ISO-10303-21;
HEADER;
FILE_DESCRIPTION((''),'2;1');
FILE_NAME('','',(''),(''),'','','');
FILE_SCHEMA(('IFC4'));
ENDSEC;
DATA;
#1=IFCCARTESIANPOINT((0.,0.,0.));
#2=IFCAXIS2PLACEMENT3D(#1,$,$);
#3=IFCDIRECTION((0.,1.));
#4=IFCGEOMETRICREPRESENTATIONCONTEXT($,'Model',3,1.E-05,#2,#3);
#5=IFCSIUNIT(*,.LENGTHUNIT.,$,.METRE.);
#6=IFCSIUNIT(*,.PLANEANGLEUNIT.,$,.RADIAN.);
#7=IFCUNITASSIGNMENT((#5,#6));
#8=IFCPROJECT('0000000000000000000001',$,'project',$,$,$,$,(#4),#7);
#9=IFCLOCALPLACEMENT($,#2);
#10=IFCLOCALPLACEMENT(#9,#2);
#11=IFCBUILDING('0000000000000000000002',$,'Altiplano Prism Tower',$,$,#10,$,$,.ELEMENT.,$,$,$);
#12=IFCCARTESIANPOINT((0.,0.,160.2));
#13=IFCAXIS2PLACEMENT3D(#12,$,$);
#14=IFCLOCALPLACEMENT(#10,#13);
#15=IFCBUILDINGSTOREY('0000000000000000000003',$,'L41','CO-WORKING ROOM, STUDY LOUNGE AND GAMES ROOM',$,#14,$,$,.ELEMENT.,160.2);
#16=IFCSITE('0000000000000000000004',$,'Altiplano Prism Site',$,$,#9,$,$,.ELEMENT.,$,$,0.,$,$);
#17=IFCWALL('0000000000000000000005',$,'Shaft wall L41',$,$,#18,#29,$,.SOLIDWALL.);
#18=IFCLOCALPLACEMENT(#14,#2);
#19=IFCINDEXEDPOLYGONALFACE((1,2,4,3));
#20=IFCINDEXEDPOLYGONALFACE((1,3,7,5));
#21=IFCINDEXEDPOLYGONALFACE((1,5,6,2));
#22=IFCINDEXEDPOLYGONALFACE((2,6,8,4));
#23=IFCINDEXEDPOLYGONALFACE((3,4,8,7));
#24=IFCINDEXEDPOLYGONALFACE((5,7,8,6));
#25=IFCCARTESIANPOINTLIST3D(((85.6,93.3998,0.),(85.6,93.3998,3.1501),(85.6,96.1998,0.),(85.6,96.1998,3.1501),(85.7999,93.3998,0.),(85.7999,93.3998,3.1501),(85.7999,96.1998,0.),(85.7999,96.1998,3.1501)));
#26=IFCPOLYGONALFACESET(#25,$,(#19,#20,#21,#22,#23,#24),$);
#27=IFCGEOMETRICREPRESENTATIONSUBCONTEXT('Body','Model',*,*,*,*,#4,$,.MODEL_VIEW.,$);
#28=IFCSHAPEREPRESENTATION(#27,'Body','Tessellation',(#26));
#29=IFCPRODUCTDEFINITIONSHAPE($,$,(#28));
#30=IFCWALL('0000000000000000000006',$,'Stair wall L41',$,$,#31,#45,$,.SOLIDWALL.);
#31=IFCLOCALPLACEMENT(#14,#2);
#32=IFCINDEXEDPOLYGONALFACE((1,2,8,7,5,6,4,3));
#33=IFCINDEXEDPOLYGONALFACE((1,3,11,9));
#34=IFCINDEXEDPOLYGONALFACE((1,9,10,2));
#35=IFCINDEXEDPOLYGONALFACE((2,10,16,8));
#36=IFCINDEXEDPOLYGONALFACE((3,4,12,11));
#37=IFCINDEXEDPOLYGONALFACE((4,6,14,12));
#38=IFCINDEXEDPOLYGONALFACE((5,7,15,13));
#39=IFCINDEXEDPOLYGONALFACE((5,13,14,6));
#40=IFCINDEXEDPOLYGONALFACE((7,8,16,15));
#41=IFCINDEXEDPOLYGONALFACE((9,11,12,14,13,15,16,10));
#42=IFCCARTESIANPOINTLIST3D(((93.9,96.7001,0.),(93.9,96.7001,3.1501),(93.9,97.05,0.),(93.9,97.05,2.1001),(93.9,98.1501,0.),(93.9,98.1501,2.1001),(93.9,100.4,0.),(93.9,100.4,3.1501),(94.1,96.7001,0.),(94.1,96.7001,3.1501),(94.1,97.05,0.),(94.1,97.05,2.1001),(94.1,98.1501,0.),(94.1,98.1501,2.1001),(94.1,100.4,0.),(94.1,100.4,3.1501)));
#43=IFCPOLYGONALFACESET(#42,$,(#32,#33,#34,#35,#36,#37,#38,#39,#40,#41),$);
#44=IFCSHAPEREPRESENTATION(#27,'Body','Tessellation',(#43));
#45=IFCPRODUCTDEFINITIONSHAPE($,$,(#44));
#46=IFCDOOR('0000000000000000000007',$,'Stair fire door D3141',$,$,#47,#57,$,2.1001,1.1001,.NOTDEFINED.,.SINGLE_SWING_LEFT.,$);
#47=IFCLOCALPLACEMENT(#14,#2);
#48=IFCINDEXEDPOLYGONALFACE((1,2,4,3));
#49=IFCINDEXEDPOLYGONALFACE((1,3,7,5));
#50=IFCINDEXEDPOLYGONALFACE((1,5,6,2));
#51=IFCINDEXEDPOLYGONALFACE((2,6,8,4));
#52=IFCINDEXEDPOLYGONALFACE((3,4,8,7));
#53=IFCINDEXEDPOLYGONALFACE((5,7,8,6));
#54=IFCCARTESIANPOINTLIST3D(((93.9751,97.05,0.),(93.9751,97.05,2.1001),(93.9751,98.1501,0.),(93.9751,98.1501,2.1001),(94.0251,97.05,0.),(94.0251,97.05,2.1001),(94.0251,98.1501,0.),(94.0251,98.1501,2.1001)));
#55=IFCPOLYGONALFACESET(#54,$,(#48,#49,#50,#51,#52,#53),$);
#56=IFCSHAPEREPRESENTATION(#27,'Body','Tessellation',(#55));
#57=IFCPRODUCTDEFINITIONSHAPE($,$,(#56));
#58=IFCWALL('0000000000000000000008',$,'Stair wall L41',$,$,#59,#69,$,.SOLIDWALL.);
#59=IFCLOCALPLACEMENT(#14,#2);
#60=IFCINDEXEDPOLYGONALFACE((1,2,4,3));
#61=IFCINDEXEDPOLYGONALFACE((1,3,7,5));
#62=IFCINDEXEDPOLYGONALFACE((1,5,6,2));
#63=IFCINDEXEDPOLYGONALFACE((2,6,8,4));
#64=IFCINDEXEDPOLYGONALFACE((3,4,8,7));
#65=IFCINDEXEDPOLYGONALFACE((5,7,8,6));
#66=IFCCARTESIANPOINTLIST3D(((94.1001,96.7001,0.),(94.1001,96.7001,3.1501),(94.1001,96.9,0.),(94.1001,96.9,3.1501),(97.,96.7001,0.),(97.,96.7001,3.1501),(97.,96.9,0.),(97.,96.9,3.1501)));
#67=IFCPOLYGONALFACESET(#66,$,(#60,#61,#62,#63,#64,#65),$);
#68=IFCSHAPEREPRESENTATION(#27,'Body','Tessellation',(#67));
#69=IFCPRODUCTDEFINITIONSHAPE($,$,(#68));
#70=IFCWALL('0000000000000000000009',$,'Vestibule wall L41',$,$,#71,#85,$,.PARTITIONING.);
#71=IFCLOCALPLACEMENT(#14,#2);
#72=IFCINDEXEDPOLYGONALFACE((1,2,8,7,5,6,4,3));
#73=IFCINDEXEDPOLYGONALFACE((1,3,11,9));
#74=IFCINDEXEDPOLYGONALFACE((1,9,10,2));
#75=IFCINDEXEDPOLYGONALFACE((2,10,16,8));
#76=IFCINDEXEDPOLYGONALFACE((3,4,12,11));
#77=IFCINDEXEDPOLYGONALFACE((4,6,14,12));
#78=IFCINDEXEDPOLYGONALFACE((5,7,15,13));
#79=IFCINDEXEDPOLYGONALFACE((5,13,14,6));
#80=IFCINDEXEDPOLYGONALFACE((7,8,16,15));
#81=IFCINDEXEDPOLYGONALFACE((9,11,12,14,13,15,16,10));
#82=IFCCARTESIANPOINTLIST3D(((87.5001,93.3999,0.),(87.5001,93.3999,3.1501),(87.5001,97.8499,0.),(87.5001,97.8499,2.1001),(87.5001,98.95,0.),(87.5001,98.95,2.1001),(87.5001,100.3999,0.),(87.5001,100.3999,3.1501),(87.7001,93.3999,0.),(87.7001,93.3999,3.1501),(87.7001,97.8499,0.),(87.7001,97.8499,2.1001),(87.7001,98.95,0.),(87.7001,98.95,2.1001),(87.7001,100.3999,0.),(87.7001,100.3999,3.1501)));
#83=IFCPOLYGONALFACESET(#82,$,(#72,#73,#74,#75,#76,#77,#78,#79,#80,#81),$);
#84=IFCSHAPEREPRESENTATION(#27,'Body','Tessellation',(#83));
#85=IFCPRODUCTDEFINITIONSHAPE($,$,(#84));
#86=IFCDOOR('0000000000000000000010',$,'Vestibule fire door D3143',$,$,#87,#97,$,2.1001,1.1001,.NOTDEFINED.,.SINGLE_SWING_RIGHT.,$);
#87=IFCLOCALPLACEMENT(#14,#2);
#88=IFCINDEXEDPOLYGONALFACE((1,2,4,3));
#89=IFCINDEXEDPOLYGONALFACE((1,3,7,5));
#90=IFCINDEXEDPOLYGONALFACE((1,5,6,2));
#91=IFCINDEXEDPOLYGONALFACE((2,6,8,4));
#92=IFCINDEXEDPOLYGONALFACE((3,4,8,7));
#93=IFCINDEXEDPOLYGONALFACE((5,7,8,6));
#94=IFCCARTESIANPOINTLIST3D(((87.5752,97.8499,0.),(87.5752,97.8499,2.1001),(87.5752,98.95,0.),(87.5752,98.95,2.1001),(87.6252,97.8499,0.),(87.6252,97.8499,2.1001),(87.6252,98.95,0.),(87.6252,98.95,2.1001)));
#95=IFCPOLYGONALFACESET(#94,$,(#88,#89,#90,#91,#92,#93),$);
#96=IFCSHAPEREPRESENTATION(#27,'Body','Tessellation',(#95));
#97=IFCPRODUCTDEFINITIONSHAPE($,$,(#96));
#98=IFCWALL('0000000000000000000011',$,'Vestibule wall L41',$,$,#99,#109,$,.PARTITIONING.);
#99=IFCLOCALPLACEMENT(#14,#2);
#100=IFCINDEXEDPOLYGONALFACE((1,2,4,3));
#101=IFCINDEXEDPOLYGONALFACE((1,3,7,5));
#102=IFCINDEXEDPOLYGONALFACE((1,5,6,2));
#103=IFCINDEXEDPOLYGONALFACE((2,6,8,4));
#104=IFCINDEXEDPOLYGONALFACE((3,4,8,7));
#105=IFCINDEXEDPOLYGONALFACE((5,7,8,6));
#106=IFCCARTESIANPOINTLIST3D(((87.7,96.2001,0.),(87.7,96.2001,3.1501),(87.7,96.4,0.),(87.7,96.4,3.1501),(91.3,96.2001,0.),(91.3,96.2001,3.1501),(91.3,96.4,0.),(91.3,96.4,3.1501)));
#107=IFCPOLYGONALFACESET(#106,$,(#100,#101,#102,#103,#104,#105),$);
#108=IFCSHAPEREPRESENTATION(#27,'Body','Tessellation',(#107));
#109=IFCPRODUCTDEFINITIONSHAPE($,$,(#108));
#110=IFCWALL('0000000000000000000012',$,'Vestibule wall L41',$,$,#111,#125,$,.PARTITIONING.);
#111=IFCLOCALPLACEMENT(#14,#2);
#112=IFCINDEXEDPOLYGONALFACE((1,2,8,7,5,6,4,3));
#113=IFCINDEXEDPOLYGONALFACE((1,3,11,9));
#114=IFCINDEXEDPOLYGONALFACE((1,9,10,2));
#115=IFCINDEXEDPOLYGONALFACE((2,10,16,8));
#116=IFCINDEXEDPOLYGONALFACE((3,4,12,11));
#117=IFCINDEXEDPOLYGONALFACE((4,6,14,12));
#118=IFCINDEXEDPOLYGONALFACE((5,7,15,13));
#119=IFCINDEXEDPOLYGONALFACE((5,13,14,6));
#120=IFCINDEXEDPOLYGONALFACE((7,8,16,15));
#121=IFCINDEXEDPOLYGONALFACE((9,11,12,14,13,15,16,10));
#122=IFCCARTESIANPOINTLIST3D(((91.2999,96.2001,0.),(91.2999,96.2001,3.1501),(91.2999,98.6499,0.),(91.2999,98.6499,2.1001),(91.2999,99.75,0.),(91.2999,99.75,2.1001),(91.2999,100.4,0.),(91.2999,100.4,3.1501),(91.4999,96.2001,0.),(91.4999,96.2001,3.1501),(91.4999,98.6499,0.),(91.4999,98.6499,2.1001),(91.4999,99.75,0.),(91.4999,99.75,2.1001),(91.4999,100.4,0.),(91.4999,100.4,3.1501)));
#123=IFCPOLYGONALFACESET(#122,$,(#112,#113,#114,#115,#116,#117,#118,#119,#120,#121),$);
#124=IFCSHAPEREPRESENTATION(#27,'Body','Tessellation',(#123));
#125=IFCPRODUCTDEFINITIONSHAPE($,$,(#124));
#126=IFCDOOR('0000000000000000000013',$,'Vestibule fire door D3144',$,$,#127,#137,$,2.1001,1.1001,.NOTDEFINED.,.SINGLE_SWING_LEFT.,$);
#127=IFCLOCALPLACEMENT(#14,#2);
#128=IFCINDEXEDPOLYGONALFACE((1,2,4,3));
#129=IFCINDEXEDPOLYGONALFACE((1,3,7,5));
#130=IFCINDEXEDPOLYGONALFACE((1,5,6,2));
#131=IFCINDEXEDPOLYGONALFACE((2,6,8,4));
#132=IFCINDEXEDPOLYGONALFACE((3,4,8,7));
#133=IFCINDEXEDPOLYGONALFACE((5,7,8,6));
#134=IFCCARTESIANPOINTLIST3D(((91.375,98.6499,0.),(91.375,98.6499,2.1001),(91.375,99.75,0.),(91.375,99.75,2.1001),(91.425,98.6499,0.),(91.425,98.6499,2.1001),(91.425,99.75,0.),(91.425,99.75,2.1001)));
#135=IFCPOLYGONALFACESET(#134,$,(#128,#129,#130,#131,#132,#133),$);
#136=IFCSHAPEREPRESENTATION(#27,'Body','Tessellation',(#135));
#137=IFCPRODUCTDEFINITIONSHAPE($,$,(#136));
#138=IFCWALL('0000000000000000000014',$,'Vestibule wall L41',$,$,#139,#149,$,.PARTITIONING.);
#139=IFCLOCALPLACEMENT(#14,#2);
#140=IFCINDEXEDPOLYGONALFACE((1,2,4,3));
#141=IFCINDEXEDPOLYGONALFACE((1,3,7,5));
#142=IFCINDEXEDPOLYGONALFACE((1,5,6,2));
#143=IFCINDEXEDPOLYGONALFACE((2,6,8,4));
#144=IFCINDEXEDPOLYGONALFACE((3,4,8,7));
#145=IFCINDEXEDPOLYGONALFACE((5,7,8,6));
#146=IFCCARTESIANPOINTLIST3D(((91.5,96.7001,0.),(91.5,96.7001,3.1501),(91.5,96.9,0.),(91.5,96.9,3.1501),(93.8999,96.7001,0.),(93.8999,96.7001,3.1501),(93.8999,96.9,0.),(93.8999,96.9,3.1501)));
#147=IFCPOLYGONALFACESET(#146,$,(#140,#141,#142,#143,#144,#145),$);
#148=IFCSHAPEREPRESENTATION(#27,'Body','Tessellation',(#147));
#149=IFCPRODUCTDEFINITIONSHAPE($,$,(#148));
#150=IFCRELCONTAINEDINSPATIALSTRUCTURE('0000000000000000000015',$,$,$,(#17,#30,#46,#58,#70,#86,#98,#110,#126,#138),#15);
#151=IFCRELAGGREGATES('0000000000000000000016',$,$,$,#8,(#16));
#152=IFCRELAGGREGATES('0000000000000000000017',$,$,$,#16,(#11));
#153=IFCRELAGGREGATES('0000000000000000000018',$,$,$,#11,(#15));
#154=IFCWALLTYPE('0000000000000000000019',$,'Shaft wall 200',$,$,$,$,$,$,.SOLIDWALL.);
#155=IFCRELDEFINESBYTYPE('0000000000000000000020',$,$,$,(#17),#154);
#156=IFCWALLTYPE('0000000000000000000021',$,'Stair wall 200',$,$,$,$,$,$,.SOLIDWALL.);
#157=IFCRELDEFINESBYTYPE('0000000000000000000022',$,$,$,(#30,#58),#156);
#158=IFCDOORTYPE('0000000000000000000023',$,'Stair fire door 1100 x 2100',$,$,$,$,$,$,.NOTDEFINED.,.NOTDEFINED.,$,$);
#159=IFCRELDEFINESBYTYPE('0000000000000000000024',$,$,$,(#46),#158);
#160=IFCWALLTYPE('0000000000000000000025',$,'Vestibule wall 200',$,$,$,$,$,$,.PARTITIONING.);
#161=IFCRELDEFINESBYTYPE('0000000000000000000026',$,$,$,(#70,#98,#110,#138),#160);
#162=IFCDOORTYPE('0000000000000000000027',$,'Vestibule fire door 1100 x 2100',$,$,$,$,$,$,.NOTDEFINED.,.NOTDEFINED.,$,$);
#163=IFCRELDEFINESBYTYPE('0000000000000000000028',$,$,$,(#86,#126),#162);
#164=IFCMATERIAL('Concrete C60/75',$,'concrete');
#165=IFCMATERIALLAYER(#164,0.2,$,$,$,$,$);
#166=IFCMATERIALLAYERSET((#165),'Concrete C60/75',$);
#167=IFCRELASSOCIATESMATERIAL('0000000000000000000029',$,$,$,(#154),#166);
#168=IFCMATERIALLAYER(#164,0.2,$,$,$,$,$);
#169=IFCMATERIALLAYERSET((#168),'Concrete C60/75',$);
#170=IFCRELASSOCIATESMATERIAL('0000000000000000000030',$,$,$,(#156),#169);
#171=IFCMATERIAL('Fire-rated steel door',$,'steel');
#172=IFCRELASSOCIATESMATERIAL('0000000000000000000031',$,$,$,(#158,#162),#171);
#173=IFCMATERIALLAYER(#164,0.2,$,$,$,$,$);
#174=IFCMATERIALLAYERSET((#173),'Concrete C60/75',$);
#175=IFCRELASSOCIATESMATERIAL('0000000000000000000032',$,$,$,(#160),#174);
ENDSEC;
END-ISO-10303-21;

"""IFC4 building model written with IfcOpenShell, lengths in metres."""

from ifc_helpers import new_model, si_unit, direction, frame, frame_2d, origin, place, context, subcontext, project, spatial, rectangle, extrude, material, layer, layer_set, type_object, element, fill, save


model = new_model("IFC4")

# Units and contexts
model_context = context("Model", 3, precision=1e-05, world=origin(), true_north=direction((0.0, 1.0)))
body_context = subcontext(model_context, "Body", "Model", "MODEL_VIEW")
ifc_project = project(units=[si_unit("LENGTHUNIT", "METRE"), si_unit("PLANEANGLEUNIT", "RADIAN")], contexts=[model_context])

# Site, building, storey
site_placement = place(None, origin())
site = spatial("IfcSite", under=ifc_project, at=site_placement, Name="Altiplano Prism Site", CompositionType="ELEMENT", RefElevation=0.0)
building_placement = place(site_placement, origin())
building = spatial("IfcBuilding", under=site, at=building_placement, Name="Altiplano Prism Tower", CompositionType="ELEMENT")
storey_placement = place(building_placement, frame((0.0, 0.0, 160.2)))
storey = spatial("IfcBuildingStorey", under=building, at=storey_placement, Name="L41", Description="CO-WORKING ROOM, STUDY LOUNGE AND GAMES ROOM", CompositionType="ELEMENT", Elevation=160.2)

# Shared definitions
ifc_material_1 = material(Name="Concrete C60/75", Category="concrete")

# Wall
ifc_layer_1 = layer(ifc_material_1, 0.2)
ifc_layer_set_1 = layer_set([ifc_layer_1], Name="Concrete C60/75")
wall_type_1 = type_object("IfcWallType", Name="Shaft wall 200", PredefinedType="SOLIDWALL", material=ifc_layer_set_1)
for number, where, z_axis, x_axis, name in (
    (1, (85.7, 93.3999, 0.0), (0.0, 0.0, 1.0), (0.0, 1.0, 0.0), "Shaft wall L41"),
):
    element("IfcWall", number, at=place(storey_placement, frame(where, z_axis=z_axis, x_axis=x_axis)), inside=storey, type_object=wall_type_1, Name=name, PredefinedType="SOLIDWALL", context=body_context, shape_type="SweptSolid", body=[
        extrude(rectangle(XDim=2.8, YDim=0.2, at=frame_2d((1.3999, 0.0))), origin(), (0.0, 0.0, 1.0), 3.1501),
    ])

# Wall, opening, door
ifc_layer_2 = layer(ifc_material_1, 0.2)
ifc_layer_set_2 = layer_set([ifc_layer_2], Name="Concrete C60/75")
wall_type_2 = type_object("IfcWallType", Name="Stair wall 200", PredefinedType="SOLIDWALL", material=ifc_layer_set_2)
wall_1_placement = place(storey_placement, frame((94.0, 96.7, 0.0), z_axis=(0.0, 0.0, 1.0), x_axis=(0.0, 1.0, 0.0)))
wall_1 = element("IfcWall", 2, at=wall_1_placement, inside=storey, type_object=wall_type_2, Name="Stair wall L41", PredefinedType="SOLIDWALL", context=body_context, shape_type="SweptSolid", body=[
    extrude(rectangle(XDim=3.7, YDim=0.2, at=frame_2d((1.8501, 0.0))), origin(), (0.0, 0.0, 1.0), 3.1501),
])
opening_1_placement = place(wall_1_placement, frame((0.3501, 0.0, 0.0)))
opening_1 = element("IfcOpeningElement", 3, at=opening_1_placement, cuts=wall_1, PredefinedType="OPENING", context=body_context, shape_type="SweptSolid", body=[
    extrude(rectangle(XDim=1.1001, YDim=2.1001, at=frame_2d((0.55, 1.05))), frame((0.0, 0.1104, 0.0), z_axis=(0.0, -1.0, 0.0), x_axis=(1.0, 0.0, 0.0)), (0.0, 0.0, 1.0), 0.2209),
])
ifc_material_2 = material(Name="Fire-rated steel door", Category="steel")
door_type_1 = type_object("IfcDoorType", Name="Stair fire door 1100 x 2100", OperationType="NOTDEFINED", PredefinedType="NOTDEFINED", material=ifc_material_2)
door_1_placement = place(opening_1_placement, origin())
door_1 = element("IfcDoor", 4, at=door_1_placement, inside=storey, type_object=door_type_1, Name="Stair fire door D3141", OperationType="SINGLE_SWING_LEFT", OverallHeight=2.1001, OverallWidth=1.1001, PredefinedType="NOTDEFINED", context=body_context, shape_type="SweptSolid", body=[
    extrude(rectangle(XDim=1.1001, YDim=2.1001, at=frame_2d((0.55, 1.05))), frame((0.0, 0.0249, 0.0), z_axis=(0.0, -1.0, 0.0), x_axis=(1.0, 0.0, 0.0)), (0.0, 0.0, 1.0), 0.05),
])
fill(opening_1, door_1)

# Wall
wall_2_placement = place(storey_placement, frame((94.1001, 96.8, 0.0), z_axis=(0.0, 0.0, 1.0), x_axis=(1.0, 0.0, 0.0)))
element("IfcWall", 5, at=wall_2_placement, inside=storey, type_object=wall_type_2, Name="Stair wall L41", PredefinedType="SOLIDWALL", context=body_context, shape_type="SweptSolid", body=[
    extrude(rectangle(XDim=2.8999, YDim=0.2, at=frame_2d((1.45, 0.0))), origin(), (0.0, 0.0, 1.0), 3.1501),
])

# Wall, opening, door
ifc_layer_3 = layer(ifc_material_1, 0.2)
ifc_layer_set_3 = layer_set([ifc_layer_3], Name="Concrete C60/75")
wall_type_3 = type_object("IfcWallType", Name="Vestibule wall 200", PredefinedType="PARTITIONING", material=ifc_layer_set_3)
wall_3_placement = place(storey_placement, frame((87.6001, 93.3999, 0.0), z_axis=(0.0, 0.0, 1.0), x_axis=(0.0, 1.0, 0.0)))
wall_3 = element("IfcWall", 6, at=wall_3_placement, inside=storey, type_object=wall_type_3, Name="Vestibule wall L41", PredefinedType="PARTITIONING", context=body_context, shape_type="SweptSolid", body=[
    extrude(rectangle(XDim=7.0, YDim=0.2, at=frame_2d((3.5, 0.0))), origin(), (0.0, 0.0, 1.0), 3.1501),
])
opening_2_placement = place(wall_3_placement, frame((4.45, 0.0, 0.0)))
opening_2 = element("IfcOpeningElement", 7, at=opening_2_placement, cuts=wall_3, PredefinedType="OPENING", context=body_context, shape_type="SweptSolid", body=[
    extrude(rectangle(XDim=1.1001, YDim=2.1001, at=frame_2d((0.55, 1.05))), frame((0.0, 0.1104, 0.0), z_axis=(0.0, -1.0, 0.0), x_axis=(1.0, 0.0, 0.0)), (0.0, 0.0, 1.0), 0.2209),
])
door_type_2 = type_object("IfcDoorType", Name="Vestibule fire door 1100 x 2100", OperationType="NOTDEFINED", PredefinedType="NOTDEFINED", material=ifc_material_2)
door_2_placement = place(opening_2_placement, origin())
door_2 = element("IfcDoor", 8, at=door_2_placement, inside=storey, type_object=door_type_2, Name="Vestibule fire door D3143", OperationType="SINGLE_SWING_RIGHT", OverallHeight=2.1001, OverallWidth=1.1001, PredefinedType="NOTDEFINED", context=body_context, shape_type="SweptSolid", body=[
    extrude(rectangle(XDim=1.1001, YDim=2.1001, at=frame_2d((0.55, 1.05))), frame((0.0, 0.0249, 0.0), z_axis=(0.0, -1.0, 0.0), x_axis=(1.0, 0.0, 0.0)), (0.0, 0.0, 1.0), 0.05),
])
fill(opening_2, door_2)

# Wall
wall_4_placement = place(storey_placement, frame((87.7, 96.3, 0.0), z_axis=(0.0, 0.0, 1.0), x_axis=(1.0, 0.0, 0.0)))
element("IfcWall", 9, at=wall_4_placement, inside=storey, type_object=wall_type_3, Name="Vestibule wall L41", PredefinedType="PARTITIONING", context=body_context, shape_type="SweptSolid", body=[
    extrude(rectangle(XDim=3.6001, YDim=0.2, at=frame_2d((1.8, 0.0))), origin(), (0.0, 0.0, 1.0), 3.1501),
])

# Wall, opening, door
wall_5_placement = place(storey_placement, frame((91.3999, 96.2, 0.0), z_axis=(0.0, 0.0, 1.0), x_axis=(0.0, 1.0, 0.0)))
wall_5 = element("IfcWall", 10, at=wall_5_placement, inside=storey, type_object=wall_type_3, Name="Vestibule wall L41", PredefinedType="PARTITIONING", context=body_context, shape_type="SweptSolid", body=[
    extrude(rectangle(XDim=4.2, YDim=0.2, at=frame_2d((2.1001, 0.0))), origin(), (0.0, 0.0, 1.0), 3.1501),
])
opening_3_placement = place(wall_5_placement, frame((2.45, 0.0, 0.0)))
opening_3 = element("IfcOpeningElement", 11, at=opening_3_placement, cuts=wall_5, PredefinedType="OPENING", context=body_context, shape_type="SweptSolid", body=[
    extrude(rectangle(XDim=1.1001, YDim=2.1001, at=frame_2d((0.55, 1.05))), frame((0.0, 0.1104, 0.0), z_axis=(0.0, -1.0, 0.0), x_axis=(1.0, 0.0, 0.0)), (0.0, 0.0, 1.0), 0.2209),
])
door_3_placement = place(opening_3_placement, origin())
door_3 = element("IfcDoor", 12, at=door_3_placement, inside=storey, type_object=door_type_2, Name="Vestibule fire door D3144", OperationType="SINGLE_SWING_LEFT", OverallHeight=2.1001, OverallWidth=1.1001, PredefinedType="NOTDEFINED", context=body_context, shape_type="SweptSolid", body=[
    extrude(rectangle(XDim=1.1001, YDim=2.1001, at=frame_2d((0.55, 1.05))), frame((0.0, 0.0249, 0.0), z_axis=(0.0, -1.0, 0.0), x_axis=(1.0, 0.0, 0.0)), (0.0, 0.0, 1.0), 0.05),
])
fill(opening_3, door_3)

# Wall
wall_6_placement = place(storey_placement, frame((91.5, 96.8, 0.0), z_axis=(0.0, 0.0, 1.0), x_axis=(1.0, 0.0, 0.0)))
element("IfcWall", 13, at=wall_6_placement, inside=storey, type_object=wall_type_3, Name="Vestibule wall L41", PredefinedType="PARTITIONING", context=body_context, shape_type="SweptSolid", body=[
    extrude(rectangle(XDim=2.3999, YDim=0.2, at=frame_2d((1.2, 0.0))), origin(), (0.0, 0.0, 1.0), 3.1501),
])

save(model, "model.ifc")
